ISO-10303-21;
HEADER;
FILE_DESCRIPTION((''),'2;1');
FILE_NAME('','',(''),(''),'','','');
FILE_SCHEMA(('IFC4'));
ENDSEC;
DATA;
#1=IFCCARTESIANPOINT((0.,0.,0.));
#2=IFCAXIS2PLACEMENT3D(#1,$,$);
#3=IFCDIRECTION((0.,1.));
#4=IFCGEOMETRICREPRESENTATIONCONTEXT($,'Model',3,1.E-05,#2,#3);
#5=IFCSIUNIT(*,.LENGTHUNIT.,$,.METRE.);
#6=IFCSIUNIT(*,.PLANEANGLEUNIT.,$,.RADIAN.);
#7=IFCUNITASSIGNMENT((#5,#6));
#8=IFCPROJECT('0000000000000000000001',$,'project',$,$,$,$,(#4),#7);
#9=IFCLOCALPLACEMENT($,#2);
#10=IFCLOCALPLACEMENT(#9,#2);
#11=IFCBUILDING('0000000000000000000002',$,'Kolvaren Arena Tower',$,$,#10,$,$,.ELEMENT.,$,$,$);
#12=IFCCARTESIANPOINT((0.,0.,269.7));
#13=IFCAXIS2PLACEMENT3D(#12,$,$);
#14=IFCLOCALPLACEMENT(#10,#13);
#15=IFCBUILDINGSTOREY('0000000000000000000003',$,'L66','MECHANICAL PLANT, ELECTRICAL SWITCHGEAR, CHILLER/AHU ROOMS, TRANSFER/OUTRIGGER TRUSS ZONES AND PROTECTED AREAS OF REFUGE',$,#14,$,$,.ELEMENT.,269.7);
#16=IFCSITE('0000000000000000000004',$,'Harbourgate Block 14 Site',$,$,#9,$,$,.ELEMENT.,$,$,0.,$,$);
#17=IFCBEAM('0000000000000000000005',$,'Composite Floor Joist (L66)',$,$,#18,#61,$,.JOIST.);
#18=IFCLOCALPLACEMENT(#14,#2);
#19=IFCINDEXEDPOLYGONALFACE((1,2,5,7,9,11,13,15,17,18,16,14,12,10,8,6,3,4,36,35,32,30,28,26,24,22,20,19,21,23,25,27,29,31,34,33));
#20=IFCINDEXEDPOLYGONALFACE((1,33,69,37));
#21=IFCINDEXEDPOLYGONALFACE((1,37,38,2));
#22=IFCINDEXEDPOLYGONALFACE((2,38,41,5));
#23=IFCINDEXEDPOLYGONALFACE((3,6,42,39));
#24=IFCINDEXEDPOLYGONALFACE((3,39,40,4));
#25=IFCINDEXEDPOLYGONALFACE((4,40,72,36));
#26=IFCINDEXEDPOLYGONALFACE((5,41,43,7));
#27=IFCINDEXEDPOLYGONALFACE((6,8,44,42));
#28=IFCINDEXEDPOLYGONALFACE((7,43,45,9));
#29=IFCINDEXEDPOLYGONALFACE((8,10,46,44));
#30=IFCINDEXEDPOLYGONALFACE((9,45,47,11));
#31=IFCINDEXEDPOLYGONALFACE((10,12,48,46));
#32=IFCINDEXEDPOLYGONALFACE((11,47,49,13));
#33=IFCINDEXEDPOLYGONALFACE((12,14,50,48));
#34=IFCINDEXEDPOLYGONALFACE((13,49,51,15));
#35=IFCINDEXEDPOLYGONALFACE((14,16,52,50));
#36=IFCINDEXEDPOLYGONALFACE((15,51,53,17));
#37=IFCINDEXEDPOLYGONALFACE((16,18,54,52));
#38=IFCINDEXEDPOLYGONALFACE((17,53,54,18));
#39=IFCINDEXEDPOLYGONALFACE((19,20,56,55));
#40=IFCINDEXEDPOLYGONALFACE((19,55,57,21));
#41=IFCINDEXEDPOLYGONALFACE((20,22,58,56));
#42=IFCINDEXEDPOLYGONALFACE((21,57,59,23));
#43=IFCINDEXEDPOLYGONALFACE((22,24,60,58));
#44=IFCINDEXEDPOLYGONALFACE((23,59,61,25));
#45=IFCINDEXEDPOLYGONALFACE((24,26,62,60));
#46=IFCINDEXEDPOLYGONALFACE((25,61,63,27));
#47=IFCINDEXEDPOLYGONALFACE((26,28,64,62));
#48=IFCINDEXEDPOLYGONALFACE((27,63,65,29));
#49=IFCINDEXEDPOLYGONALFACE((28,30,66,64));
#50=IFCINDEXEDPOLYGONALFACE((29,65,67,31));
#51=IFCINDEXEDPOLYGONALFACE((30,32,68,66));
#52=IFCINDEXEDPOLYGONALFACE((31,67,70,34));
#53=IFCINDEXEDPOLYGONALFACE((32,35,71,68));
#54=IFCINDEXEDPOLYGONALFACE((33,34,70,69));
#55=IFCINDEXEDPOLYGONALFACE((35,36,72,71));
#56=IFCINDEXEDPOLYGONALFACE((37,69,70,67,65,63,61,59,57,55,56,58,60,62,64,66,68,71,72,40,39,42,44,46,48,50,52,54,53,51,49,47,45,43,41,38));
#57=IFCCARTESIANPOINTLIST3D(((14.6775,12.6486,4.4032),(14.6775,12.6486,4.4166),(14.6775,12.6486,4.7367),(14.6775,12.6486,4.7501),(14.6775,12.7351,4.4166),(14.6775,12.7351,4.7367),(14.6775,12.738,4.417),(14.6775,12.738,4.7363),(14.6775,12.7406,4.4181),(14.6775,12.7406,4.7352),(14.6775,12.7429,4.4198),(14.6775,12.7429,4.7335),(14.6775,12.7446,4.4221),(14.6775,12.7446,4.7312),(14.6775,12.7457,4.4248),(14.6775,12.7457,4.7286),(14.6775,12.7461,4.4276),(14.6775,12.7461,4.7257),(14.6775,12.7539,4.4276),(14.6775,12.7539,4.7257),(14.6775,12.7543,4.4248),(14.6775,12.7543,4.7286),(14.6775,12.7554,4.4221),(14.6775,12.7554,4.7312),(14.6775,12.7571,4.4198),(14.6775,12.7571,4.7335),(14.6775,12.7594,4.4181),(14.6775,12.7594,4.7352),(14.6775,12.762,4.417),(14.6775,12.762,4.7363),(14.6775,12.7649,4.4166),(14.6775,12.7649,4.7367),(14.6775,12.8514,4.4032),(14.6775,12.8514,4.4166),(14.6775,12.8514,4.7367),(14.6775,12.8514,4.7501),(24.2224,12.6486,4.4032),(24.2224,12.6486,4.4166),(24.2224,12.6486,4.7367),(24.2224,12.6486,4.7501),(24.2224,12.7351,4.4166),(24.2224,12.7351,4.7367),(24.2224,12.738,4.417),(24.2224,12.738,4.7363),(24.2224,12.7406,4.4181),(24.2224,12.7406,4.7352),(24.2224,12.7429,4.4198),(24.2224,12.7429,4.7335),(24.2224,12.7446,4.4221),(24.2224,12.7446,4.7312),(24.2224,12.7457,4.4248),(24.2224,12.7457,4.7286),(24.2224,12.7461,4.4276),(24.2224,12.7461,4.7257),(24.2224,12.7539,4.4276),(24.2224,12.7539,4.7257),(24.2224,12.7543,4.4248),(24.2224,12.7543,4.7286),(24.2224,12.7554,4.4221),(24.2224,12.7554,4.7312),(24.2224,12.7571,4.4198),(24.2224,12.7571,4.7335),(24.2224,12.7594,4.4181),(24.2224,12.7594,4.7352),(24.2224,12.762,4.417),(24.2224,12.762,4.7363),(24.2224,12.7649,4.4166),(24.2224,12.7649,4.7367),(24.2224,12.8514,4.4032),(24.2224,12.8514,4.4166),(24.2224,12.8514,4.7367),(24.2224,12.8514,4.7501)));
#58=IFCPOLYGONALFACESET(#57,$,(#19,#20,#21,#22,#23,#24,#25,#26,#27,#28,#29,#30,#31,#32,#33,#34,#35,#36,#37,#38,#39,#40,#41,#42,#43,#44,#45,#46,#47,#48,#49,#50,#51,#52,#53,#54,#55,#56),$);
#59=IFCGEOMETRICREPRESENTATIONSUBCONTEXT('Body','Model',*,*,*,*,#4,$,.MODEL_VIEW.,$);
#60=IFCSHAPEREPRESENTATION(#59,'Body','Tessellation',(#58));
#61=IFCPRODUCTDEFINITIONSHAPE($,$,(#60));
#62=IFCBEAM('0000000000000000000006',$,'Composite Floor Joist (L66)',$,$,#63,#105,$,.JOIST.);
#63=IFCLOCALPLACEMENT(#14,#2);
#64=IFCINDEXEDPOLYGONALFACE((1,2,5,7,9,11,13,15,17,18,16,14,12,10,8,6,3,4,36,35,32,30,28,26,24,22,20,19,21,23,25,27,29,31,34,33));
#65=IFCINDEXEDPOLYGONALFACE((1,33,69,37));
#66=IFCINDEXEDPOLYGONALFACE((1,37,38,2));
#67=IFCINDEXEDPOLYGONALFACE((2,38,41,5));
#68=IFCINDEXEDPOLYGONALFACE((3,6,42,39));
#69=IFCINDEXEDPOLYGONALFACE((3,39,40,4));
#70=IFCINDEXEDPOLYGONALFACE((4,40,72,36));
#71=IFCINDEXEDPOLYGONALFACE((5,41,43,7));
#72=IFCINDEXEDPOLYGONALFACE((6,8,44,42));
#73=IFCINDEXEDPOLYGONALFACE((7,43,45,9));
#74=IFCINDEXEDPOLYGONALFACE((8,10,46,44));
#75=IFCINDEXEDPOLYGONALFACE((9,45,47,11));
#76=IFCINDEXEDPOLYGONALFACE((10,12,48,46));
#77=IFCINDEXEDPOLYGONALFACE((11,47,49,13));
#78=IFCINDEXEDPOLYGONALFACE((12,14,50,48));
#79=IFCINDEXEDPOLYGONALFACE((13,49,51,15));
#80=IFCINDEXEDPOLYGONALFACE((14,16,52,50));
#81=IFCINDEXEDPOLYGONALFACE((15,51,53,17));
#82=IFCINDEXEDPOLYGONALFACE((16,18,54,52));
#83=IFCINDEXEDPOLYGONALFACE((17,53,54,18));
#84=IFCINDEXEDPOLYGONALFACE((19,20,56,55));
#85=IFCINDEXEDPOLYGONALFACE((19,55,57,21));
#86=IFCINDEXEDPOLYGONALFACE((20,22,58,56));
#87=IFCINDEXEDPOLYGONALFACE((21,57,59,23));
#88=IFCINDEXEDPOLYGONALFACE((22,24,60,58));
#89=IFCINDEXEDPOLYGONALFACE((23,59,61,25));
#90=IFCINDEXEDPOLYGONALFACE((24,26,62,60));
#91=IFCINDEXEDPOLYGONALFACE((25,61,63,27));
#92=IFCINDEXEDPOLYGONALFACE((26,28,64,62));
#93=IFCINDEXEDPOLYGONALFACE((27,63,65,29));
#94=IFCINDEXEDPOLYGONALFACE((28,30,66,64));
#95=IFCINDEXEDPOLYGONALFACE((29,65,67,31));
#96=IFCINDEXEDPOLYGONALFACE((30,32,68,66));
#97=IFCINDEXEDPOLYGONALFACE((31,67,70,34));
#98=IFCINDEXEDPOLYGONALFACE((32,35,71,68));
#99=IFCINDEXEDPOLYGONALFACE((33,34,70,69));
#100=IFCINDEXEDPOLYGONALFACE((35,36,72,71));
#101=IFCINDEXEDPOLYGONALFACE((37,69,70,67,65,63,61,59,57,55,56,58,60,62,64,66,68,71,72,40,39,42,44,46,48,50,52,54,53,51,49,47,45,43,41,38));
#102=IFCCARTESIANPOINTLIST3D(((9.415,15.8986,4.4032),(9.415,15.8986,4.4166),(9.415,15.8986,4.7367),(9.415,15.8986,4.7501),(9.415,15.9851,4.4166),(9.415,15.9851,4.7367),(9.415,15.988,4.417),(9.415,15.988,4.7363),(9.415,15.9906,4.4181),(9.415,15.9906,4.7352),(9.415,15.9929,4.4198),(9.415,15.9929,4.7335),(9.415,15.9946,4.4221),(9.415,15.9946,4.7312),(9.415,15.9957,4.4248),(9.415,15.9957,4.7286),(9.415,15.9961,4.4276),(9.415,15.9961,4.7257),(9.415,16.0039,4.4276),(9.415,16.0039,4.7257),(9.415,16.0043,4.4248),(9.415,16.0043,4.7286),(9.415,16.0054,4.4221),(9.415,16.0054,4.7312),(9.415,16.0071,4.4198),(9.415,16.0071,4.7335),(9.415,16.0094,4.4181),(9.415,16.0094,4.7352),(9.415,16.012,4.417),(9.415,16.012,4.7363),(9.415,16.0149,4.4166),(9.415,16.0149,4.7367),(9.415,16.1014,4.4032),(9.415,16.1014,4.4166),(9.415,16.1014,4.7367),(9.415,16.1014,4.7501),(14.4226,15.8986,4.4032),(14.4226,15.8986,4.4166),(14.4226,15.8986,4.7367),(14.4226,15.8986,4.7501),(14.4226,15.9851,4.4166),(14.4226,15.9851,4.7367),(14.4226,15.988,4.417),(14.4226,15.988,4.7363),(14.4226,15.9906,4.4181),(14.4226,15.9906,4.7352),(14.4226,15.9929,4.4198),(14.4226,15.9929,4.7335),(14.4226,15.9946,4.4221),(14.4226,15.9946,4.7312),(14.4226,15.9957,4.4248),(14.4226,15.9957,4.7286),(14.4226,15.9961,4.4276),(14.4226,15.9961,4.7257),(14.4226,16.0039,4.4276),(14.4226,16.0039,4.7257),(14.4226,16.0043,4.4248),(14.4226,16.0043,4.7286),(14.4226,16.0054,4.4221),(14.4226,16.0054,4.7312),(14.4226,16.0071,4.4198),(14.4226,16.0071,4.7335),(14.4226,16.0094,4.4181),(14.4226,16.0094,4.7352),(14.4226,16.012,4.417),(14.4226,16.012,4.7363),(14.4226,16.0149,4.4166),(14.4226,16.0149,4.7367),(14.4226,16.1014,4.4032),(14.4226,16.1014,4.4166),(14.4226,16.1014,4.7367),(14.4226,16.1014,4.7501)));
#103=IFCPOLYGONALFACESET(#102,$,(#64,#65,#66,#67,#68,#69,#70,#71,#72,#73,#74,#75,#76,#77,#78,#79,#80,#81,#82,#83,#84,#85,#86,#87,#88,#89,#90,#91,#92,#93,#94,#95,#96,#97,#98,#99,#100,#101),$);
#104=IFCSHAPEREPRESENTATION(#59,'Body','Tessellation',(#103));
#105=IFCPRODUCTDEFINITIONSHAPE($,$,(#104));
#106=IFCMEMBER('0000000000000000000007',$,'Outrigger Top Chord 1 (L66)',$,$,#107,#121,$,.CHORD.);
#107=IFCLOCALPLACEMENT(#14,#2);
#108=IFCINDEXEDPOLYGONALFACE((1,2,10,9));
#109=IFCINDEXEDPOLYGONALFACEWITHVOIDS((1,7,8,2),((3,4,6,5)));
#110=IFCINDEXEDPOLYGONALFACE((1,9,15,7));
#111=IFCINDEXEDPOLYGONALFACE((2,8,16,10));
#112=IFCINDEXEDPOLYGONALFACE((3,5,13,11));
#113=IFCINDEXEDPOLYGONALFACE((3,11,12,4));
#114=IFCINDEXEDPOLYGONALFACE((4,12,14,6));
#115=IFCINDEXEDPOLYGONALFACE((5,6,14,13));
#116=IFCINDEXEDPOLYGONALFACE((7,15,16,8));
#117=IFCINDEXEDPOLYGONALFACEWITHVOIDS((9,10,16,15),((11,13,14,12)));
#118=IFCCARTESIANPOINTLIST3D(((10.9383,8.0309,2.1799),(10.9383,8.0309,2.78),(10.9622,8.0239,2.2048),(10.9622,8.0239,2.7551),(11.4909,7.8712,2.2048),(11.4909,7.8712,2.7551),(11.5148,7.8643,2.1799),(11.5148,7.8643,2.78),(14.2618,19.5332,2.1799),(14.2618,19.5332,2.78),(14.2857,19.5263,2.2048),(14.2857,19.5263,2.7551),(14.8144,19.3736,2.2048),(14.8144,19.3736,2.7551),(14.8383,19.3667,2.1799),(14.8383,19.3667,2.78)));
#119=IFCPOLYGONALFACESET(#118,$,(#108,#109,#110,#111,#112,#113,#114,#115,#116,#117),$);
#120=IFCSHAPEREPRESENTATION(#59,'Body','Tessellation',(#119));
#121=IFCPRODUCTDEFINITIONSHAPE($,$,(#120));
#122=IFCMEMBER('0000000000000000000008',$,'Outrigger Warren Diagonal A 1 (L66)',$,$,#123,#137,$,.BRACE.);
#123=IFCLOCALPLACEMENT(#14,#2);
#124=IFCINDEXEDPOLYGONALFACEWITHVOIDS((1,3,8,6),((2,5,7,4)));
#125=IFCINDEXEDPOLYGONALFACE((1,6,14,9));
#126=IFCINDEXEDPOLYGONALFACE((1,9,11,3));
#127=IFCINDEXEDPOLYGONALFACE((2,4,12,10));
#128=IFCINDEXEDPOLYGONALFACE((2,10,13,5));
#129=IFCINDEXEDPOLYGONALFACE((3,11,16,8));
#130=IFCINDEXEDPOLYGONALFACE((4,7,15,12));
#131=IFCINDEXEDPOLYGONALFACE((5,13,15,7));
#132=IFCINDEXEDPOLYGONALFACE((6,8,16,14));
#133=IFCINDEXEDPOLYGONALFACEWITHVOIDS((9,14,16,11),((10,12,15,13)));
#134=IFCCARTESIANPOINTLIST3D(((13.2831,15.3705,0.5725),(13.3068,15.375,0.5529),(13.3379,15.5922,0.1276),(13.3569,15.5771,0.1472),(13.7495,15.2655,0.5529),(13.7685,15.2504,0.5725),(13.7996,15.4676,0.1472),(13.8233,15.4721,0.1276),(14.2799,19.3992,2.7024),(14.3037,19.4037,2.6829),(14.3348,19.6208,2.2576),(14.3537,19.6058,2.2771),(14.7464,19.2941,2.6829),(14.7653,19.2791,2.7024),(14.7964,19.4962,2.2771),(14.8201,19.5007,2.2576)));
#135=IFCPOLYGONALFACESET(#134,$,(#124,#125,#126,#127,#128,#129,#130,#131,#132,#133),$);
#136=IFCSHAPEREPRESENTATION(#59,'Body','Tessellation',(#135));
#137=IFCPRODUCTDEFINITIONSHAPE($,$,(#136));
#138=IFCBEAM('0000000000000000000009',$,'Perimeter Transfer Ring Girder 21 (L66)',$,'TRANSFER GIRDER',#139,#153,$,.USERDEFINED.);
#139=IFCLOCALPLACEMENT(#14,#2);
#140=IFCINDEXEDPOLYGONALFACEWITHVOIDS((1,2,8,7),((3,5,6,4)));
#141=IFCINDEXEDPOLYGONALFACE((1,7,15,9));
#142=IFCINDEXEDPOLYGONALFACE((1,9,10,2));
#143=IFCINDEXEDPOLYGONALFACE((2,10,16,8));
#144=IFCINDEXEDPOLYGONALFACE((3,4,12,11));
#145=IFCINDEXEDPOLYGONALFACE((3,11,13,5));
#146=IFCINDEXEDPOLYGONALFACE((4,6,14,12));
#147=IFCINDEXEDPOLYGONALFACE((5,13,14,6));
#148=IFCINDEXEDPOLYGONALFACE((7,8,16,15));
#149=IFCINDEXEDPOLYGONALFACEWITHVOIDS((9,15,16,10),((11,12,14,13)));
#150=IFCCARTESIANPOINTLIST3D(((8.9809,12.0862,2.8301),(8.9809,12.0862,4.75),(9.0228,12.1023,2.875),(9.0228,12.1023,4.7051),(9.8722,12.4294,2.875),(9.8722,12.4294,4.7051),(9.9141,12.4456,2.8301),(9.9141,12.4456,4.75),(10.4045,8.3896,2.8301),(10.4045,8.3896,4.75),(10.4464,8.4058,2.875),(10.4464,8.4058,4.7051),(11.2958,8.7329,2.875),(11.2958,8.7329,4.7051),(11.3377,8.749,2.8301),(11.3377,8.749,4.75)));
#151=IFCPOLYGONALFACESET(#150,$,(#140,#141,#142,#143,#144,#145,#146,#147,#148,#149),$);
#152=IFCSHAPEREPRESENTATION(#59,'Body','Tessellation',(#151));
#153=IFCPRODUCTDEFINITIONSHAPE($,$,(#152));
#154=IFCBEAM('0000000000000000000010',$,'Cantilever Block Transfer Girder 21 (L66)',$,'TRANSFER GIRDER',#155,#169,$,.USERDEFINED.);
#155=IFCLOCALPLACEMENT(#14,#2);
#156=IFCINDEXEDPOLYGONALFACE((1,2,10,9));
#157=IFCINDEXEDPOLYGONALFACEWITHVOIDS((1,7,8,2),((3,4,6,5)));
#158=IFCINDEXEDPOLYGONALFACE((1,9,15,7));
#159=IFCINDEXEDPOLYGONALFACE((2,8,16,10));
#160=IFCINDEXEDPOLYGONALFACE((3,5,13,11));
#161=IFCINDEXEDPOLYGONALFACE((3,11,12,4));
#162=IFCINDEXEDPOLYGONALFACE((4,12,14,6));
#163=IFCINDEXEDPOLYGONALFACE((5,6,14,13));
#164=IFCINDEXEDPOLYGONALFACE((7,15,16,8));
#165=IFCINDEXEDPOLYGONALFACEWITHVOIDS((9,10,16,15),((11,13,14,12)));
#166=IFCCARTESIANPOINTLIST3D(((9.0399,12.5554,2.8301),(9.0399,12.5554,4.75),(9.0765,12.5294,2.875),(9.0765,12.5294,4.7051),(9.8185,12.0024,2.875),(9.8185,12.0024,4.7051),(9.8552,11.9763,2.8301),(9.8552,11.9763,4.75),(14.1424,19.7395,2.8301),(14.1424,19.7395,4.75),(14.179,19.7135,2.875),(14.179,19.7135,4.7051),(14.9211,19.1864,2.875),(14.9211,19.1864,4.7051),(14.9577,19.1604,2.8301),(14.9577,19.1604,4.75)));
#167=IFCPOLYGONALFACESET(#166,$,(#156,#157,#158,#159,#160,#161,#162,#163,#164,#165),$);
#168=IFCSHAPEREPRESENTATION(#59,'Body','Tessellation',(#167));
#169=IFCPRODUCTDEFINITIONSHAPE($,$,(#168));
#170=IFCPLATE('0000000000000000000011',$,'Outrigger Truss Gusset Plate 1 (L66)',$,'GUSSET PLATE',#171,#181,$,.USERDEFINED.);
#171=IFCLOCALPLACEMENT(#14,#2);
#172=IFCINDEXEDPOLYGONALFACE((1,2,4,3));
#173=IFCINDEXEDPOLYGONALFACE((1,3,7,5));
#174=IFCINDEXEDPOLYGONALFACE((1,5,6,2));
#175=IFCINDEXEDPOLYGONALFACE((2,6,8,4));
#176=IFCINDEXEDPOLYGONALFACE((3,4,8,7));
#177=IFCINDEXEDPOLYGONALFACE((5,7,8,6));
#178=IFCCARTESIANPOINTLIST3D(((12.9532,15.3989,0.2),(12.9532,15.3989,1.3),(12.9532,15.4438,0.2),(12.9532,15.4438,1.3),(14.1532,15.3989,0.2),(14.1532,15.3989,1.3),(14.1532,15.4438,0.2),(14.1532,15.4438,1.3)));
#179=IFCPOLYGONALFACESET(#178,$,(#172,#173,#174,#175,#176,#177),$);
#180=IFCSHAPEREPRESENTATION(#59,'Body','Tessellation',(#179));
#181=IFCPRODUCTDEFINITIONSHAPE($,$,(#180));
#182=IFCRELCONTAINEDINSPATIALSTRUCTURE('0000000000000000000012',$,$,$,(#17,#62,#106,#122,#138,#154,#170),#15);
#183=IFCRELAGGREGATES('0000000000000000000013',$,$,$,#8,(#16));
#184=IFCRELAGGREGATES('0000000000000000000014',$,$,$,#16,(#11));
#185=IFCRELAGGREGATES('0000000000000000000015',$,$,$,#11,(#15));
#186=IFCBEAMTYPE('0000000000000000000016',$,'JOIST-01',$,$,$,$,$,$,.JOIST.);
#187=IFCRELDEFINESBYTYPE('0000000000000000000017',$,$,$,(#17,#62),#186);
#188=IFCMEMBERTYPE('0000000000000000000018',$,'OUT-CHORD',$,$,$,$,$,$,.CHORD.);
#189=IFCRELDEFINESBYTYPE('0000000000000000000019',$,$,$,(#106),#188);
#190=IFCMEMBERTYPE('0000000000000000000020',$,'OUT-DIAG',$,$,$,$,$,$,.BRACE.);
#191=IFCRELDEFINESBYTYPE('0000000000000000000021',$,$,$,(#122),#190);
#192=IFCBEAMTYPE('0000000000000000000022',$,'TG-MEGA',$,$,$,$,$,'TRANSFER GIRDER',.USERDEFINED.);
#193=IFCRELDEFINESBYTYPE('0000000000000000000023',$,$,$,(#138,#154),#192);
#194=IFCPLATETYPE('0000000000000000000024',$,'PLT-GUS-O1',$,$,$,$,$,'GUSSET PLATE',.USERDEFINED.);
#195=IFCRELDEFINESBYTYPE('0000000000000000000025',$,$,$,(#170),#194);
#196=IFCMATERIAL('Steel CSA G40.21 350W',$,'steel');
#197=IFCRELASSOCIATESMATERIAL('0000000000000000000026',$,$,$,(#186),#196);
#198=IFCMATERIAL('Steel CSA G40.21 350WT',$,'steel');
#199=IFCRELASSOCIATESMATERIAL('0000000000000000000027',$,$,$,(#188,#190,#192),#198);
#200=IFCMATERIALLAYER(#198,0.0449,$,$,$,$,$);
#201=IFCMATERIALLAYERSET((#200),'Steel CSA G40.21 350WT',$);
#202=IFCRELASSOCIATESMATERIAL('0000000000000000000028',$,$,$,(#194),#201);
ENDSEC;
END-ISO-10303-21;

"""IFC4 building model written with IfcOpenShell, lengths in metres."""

from ifc_helpers import new_model, si_unit, direction, frame, origin, origin_2d, place, context, subcontext, project, spatial, rectangle, hollow_rectangle, i_section, extrude, material, layer, layer_set, material_profile, profile_set, type_object, element, save


model = new_model("IFC4")

# Units and contexts
model_context = context("Model", 3, precision=1e-05, world=origin(), true_north=direction((0.0, 1.0)))
body_context = subcontext(model_context, "Body", "Model", "MODEL_VIEW")
ifc_project = project(units=[si_unit("LENGTHUNIT", "METRE"), si_unit("PLANEANGLEUNIT", "RADIAN")], contexts=[model_context])

# Site, building, storey
site_placement = place(None, origin())
site = spatial("IfcSite", under=ifc_project, at=site_placement, Name="Harbourgate Block 14 Site", CompositionType="ELEMENT", RefElevation=0.0)
building_placement = place(site_placement, origin())
building = spatial("IfcBuilding", under=site, at=building_placement, Name="Kolvaren Arena Tower", CompositionType="ELEMENT")
storey_placement = place(building_placement, frame((0.0, 0.0, 269.7)))
storey = spatial("IfcBuildingStorey", under=building, at=storey_placement, Name="L66", Description="MECHANICAL PLANT, ELECTRICAL SWITCHGEAR, CHILLER/AHU ROOMS, TRANSFER/OUTRIGGER TRUSS ZONES AND PROTECTED AREAS OF REFUGE", CompositionType="ELEMENT", Elevation=269.7)

# Shared definitions
ifc_material_1 = material(Name="Steel CSA G40.21 350W", Category="steel")

# Shared definitions
ifc_material_2 = material(Name="Steel CSA G40.21 350WT", Category="steel")

# Beams
ifc_material_profile_1 = material_profile(ifc_material_1, i_section(OverallWidth=0.2029, OverallDepth=0.3469, WebThickness=0.0078, FlangeThickness=0.0134, FilletRadius=0.011, at=origin_2d()), Name="W360x64")
ifc_profile_set_1 = profile_set([ifc_material_profile_1], Name="Steel CSA G40.21 350W")
beam_type_1 = type_object("IfcBeamType", Name="JOIST-01", PredefinedType="JOIST", material=ifc_profile_set_1)
beam_1_placement = place(storey_placement, frame((14.6775, 12.75, 4.5767), z_axis=(1.0, 0.0, 0.0), x_axis=(0.0, 1.0, 0.0)))
element("IfcBeam", 1, at=beam_1_placement, inside=storey, type_object=beam_type_1, Name="Composite Floor Joist (L66)", PredefinedType="JOIST", context=body_context, shape_type="SweptSolid", body=[
    extrude(i_section(OverallWidth=0.2029, OverallDepth=0.3469, WebThickness=0.0078, FlangeThickness=0.0134, FilletRadius=0.011, at=origin_2d()), origin(), (0.0, 0.0, 1.0), 9.5449),
])
beam_2_placement = place(storey_placement, frame((9.415, 16.0, 4.5767), z_axis=(1.0, 0.0, 0.0), x_axis=(0.0, 1.0, 0.0)))
element("IfcBeam", 2, at=beam_2_placement, inside=storey, type_object=beam_type_1, Name="Composite Floor Joist (L66)", PredefinedType="JOIST", context=body_context, shape_type="SweptSolid", body=[
    extrude(i_section(OverallWidth=0.2029, OverallDepth=0.3469, WebThickness=0.0078, FlangeThickness=0.0134, FilletRadius=0.011, at=origin_2d()), origin(), (0.0, 0.0, 1.0), 5.0076),
])

# Members
ifc_material_profile_2 = material_profile(ifc_material_2, hollow_rectangle(XDim=0.6001, YDim=0.6001, WallThickness=0.0249, at=origin_2d()), Name="HSS 600x600x25")
ifc_profile_set_2 = profile_set([ifc_material_profile_2], Name="Steel CSA G40.21 350WT")
member_type_1 = type_object("IfcMemberType", Name="OUT-CHORD", PredefinedType="CHORD", material=ifc_profile_set_2)
member_1_placement = place(storey_placement, frame((14.55, 19.45, 2.48), z_axis=(-0.277583, -0.960702, 0.0), x_axis=(0.960702, -0.277583, 0.0)))
element("IfcMember", 3, at=member_1_placement, inside=storey, type_object=member_type_1, Name="Outrigger Top Chord 1 (L66)", PredefinedType="CHORD", context=body_context, shape_type="SweptSolid", body=[
    extrude(hollow_rectangle(XDim=0.6001, YDim=0.6001, WallThickness=0.0249, at=origin_2d()), origin(), (0.0, 0.0, 1.0), 11.9729),
])
ifc_material_profile_3 = material_profile(ifc_material_2, hollow_rectangle(XDim=0.5, YDim=0.5, WallThickness=0.022, at=origin_2d()), Name="HSS 500x500x22")
ifc_profile_set_3 = profile_set([ifc_material_profile_3], Name="Steel CSA G40.21 350WT")
member_type_2 = type_object("IfcMemberType", Name="OUT-DIAG", PredefinedType="BRACE", material=ifc_profile_set_3)
member_2_placement = place(storey_placement, frame((14.55, 19.45, 2.48), z_axis=(-0.213696, -0.863628, -0.456596), x_axis=(0.970725, -0.240196, 0.0)))
element("IfcMember", 4, at=member_2_placement, inside=storey, type_object=member_type_2, Name="Outrigger Warren Diagonal A 1 (L66)", PredefinedType="BRACE", context=body_context, shape_type="SweptSolid", body=[
    extrude(hollow_rectangle(XDim=0.5, YDim=0.5, WallThickness=0.022, at=origin_2d()), origin(), (0.0, 0.0, 1.0), 4.6648),
])

# Beams
ifc_material_profile_4 = material_profile(ifc_material_2, hollow_rectangle(XDim=1.0, YDim=1.9199, WallThickness=0.0449, at=origin_2d()), Name="BOX 1000x1920x45")
ifc_profile_set_4 = profile_set([ifc_material_profile_4], Name="Steel CSA G40.21 350WT")
beam_type_2 = type_object("IfcBeamType", Name="TG-MEGA", ElementType="TRANSFER GIRDER", PredefinedType="USERDEFINED", material=ifc_profile_set_4)
beam_3_placement = place(storey_placement, frame((9.4475, 12.2659, 3.79), z_axis=(0.359384, -0.93319, 0.0), x_axis=(0.93319, 0.359384, 0.0)))
element("IfcBeam", 5, at=beam_3_placement, inside=storey, type_object=beam_type_2, Name="Perimeter Transfer Ring Girder 21 (L66)", ObjectType="TRANSFER GIRDER", PredefinedType="USERDEFINED", context=body_context, shape_type="SweptSolid", body=[
    extrude(hollow_rectangle(XDim=1.0, YDim=1.9199, WallThickness=0.0449, at=origin_2d()), origin(), (0.0, 0.0, 1.0), 3.9612),
])
beam_4_placement = place(storey_placement, frame((9.4475, 12.2659, 3.79), z_axis=(0.579061, 0.815284, 0.0), x_axis=(-0.815284, 0.579061, 0.0)))
element("IfcBeam", 6, at=beam_4_placement, inside=storey, type_object=beam_type_2, Name="Cantilever Block Transfer Girder 21 (L66)", ObjectType="TRANSFER GIRDER", PredefinedType="USERDEFINED", context=body_context, shape_type="SweptSolid", body=[
    extrude(hollow_rectangle(XDim=1.0, YDim=1.9199, WallThickness=0.0449, at=origin_2d()), origin(), (0.0, 0.0, 1.0), 8.8118),
])

# Plate
ifc_layer_1 = layer(ifc_material_2, 0.0449)
ifc_layer_set_1 = layer_set([ifc_layer_1], Name="Steel CSA G40.21 350WT")
plate_type = type_object("IfcPlateType", Name="PLT-GUS-O1", ElementType="GUSSET PLATE", PredefinedType="USERDEFINED", material=ifc_layer_set_1)
plate_placement = place(storey_placement, frame((13.5532, 15.4214, 0.2), z_axis=(0.0, 0.0, 1.0), x_axis=(1.0, 0.0, 0.0)))
element("IfcPlate", 7, at=plate_placement, inside=storey, type_object=plate_type, Name="Outrigger Truss Gusset Plate 1 (L66)", ObjectType="GUSSET PLATE", PredefinedType="USERDEFINED", context=body_context, shape_type="SweptSolid", body=[
    extrude(rectangle(XDim=1.2, YDim=0.0449, at=origin_2d()), origin(), (0.0, 0.0, 1.0), 1.1001),
])

save(model, "model.ifc")
